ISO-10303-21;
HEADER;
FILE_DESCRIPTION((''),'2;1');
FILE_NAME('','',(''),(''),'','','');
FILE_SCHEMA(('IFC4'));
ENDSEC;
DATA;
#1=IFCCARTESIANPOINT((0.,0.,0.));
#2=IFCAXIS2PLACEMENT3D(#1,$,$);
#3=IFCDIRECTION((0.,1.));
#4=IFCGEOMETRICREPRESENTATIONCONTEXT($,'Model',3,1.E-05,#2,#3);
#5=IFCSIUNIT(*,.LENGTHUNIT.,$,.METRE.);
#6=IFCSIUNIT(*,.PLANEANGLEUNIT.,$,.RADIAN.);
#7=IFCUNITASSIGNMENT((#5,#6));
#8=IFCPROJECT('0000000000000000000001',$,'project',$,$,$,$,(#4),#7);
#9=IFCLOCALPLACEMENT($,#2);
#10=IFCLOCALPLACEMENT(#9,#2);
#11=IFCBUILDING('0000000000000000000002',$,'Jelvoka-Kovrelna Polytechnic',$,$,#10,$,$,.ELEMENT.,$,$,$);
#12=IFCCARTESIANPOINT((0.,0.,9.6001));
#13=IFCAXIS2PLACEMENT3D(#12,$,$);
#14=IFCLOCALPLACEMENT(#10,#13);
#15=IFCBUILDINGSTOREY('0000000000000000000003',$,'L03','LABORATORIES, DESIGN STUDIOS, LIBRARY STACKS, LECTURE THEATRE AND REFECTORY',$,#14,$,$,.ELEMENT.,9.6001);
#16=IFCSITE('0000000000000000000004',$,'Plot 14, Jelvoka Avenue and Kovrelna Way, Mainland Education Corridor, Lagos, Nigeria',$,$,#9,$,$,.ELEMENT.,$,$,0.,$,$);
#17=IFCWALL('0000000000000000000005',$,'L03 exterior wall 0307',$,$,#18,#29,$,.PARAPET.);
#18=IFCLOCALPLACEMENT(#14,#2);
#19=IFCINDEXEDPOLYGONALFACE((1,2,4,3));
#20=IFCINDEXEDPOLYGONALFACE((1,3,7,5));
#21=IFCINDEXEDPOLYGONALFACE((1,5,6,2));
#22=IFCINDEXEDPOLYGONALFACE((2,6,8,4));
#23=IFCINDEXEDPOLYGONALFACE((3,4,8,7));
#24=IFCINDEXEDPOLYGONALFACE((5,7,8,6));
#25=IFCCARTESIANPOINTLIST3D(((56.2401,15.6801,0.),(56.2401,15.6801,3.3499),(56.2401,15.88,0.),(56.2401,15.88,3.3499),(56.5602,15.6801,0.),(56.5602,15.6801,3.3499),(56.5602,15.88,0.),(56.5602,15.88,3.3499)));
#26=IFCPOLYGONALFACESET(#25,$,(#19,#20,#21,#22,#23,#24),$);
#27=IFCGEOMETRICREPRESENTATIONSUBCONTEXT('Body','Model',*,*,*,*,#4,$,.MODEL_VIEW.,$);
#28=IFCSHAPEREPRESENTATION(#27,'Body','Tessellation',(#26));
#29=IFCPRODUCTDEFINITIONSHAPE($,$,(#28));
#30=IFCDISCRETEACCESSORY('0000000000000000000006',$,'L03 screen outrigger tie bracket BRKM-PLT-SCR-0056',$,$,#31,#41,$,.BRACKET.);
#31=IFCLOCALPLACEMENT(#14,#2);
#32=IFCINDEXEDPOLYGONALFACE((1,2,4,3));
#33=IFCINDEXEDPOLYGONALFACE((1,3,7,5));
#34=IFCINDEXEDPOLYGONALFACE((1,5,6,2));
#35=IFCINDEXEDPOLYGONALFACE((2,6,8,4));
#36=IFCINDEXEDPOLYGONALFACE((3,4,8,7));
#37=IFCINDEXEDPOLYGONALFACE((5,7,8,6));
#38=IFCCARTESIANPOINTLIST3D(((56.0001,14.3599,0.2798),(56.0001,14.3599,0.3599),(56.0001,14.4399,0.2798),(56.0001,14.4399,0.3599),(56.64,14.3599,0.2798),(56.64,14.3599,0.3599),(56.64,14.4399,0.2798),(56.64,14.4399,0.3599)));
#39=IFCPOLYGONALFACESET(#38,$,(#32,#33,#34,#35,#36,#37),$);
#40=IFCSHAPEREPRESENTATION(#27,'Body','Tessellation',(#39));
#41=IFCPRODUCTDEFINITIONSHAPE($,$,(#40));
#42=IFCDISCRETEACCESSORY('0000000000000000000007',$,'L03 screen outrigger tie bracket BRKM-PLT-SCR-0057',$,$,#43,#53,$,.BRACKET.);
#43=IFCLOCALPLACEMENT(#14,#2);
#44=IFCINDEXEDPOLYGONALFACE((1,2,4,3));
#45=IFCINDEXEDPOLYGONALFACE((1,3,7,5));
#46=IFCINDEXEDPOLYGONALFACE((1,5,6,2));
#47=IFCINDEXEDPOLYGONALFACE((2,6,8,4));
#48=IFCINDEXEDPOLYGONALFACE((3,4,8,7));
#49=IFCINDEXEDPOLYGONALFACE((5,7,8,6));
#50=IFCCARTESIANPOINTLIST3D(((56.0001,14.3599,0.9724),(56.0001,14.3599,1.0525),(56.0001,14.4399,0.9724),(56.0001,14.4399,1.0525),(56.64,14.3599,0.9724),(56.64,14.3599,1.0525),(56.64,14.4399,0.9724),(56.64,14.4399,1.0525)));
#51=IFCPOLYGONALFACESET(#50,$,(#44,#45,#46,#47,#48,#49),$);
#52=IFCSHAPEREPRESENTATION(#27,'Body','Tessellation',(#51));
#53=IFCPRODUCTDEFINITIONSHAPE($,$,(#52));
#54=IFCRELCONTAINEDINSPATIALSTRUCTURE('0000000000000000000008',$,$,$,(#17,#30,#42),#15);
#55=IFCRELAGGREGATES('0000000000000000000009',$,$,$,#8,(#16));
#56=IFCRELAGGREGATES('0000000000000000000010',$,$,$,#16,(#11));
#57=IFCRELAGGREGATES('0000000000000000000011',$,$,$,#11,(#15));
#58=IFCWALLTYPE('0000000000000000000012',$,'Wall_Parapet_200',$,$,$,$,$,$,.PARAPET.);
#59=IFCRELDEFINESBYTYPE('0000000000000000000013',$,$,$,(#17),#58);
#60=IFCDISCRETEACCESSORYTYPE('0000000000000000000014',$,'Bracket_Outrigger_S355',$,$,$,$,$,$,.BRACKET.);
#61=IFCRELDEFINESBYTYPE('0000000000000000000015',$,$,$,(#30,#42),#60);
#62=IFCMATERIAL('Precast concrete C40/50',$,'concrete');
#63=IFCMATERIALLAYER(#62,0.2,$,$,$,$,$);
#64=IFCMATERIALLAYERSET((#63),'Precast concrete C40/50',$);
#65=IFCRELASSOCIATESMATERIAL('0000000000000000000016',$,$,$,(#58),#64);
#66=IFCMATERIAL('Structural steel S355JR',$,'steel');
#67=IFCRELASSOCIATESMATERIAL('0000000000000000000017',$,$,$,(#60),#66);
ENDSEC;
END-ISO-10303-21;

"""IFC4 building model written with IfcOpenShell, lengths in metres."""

from ifc_helpers import new_model, si_unit, direction, frame, frame_2d, origin, origin_2d, place, context, subcontext, project, spatial, rectangle, extrude, material, layer, layer_set, type_object, element, save


model = new_model("IFC4")

# Units and contexts
model_context = context("Model", 3, precision=1e-05, world=origin(), true_north=direction((0.0, 1.0)))
body_context = subcontext(model_context, "Body", "Model", "MODEL_VIEW")
ifc_project = project(units=[si_unit("LENGTHUNIT", "METRE"), si_unit("PLANEANGLEUNIT", "RADIAN")], contexts=[model_context])

# Site, building, storey
site_placement = place(None, origin())
site = spatial("IfcSite", under=ifc_project, at=site_placement, Name="Plot 14, Jelvoka Avenue and Kovrelna Way, Mainland Education Corridor, Lagos, Nigeria", CompositionType="ELEMENT", RefElevation=0.0)
building_placement = place(site_placement, origin())
building = spatial("IfcBuilding", under=site, at=building_placement, Name="Jelvoka-Kovrelna Polytechnic", CompositionType="ELEMENT")
storey_placement = place(building_placement, frame((0.0, 0.0, 9.6001)))
storey = spatial("IfcBuildingStorey", under=building, at=storey_placement, Name="L03", Description="LABORATORIES, DESIGN STUDIOS, LIBRARY STACKS, LECTURE THEATRE AND REFECTORY", CompositionType="ELEMENT", Elevation=9.6001)

# Wall
ifc_material_1 = material(Name="Precast concrete C40/50", Category="concrete")
ifc_layer_1 = layer(ifc_material_1, 0.2)
ifc_layer_set_1 = layer_set([ifc_layer_1], Name="Precast concrete C40/50")
wall_type_1 = type_object("IfcWallType", Name="Wall_Parapet_200", PredefinedType="PARAPET", material=ifc_layer_set_1)
wall_1_placement = place(storey_placement, frame((56.24, 15.78, 0.0), z_axis=(0.0, 0.0, 1.0), x_axis=(1.0, 0.0, 0.0)))
element("IfcWall", 1, at=wall_1_placement, inside=storey, type_object=wall_type_1, Name="L03 exterior wall 0307", PredefinedType="PARAPET", context=body_context, shape_type="SweptSolid", body=[
    extrude(rectangle(XDim=0.3201, YDim=0.2, at=frame_2d((0.1602, 0.0))), origin(), (0.0, 0.0, 1.0), 3.3499),
])

# Discrete accessories
ifc_material_2 = material(Name="Structural steel S355JR", Category="steel")
discrete_accessory_type = type_object("IfcDiscreteAccessoryType", Name="Bracket_Outrigger_S355", PredefinedType="BRACKET", material=ifc_material_2)
for number, where, z_axis, x_axis, name in (
    (2, (56.3201, 14.3999, 0.2798), (0.0, 0.0, 1.0), (1.0, 0.0, 0.0), "L03 screen outrigger tie bracket BRKM-PLT-SCR-0056"),
    (3, (56.3201, 14.3999, 0.9724), (0.0, 0.0, 1.0), (1.0, 0.0, 0.0), "L03 screen outrigger tie bracket BRKM-PLT-SCR-0057"),
):
    element("IfcDiscreteAccessory", number, at=place(storey_placement, frame(where, z_axis=z_axis, x_axis=x_axis)), inside=storey, type_object=discrete_accessory_type, Name=name, PredefinedType="BRACKET", context=body_context, shape_type="SweptSolid", body=[
        extrude(rectangle(XDim=0.6399, YDim=0.0801, at=origin_2d()), origin(), (0.0, 0.0, 1.0), 0.0801),
    ])

save(model, "model.ifc")
